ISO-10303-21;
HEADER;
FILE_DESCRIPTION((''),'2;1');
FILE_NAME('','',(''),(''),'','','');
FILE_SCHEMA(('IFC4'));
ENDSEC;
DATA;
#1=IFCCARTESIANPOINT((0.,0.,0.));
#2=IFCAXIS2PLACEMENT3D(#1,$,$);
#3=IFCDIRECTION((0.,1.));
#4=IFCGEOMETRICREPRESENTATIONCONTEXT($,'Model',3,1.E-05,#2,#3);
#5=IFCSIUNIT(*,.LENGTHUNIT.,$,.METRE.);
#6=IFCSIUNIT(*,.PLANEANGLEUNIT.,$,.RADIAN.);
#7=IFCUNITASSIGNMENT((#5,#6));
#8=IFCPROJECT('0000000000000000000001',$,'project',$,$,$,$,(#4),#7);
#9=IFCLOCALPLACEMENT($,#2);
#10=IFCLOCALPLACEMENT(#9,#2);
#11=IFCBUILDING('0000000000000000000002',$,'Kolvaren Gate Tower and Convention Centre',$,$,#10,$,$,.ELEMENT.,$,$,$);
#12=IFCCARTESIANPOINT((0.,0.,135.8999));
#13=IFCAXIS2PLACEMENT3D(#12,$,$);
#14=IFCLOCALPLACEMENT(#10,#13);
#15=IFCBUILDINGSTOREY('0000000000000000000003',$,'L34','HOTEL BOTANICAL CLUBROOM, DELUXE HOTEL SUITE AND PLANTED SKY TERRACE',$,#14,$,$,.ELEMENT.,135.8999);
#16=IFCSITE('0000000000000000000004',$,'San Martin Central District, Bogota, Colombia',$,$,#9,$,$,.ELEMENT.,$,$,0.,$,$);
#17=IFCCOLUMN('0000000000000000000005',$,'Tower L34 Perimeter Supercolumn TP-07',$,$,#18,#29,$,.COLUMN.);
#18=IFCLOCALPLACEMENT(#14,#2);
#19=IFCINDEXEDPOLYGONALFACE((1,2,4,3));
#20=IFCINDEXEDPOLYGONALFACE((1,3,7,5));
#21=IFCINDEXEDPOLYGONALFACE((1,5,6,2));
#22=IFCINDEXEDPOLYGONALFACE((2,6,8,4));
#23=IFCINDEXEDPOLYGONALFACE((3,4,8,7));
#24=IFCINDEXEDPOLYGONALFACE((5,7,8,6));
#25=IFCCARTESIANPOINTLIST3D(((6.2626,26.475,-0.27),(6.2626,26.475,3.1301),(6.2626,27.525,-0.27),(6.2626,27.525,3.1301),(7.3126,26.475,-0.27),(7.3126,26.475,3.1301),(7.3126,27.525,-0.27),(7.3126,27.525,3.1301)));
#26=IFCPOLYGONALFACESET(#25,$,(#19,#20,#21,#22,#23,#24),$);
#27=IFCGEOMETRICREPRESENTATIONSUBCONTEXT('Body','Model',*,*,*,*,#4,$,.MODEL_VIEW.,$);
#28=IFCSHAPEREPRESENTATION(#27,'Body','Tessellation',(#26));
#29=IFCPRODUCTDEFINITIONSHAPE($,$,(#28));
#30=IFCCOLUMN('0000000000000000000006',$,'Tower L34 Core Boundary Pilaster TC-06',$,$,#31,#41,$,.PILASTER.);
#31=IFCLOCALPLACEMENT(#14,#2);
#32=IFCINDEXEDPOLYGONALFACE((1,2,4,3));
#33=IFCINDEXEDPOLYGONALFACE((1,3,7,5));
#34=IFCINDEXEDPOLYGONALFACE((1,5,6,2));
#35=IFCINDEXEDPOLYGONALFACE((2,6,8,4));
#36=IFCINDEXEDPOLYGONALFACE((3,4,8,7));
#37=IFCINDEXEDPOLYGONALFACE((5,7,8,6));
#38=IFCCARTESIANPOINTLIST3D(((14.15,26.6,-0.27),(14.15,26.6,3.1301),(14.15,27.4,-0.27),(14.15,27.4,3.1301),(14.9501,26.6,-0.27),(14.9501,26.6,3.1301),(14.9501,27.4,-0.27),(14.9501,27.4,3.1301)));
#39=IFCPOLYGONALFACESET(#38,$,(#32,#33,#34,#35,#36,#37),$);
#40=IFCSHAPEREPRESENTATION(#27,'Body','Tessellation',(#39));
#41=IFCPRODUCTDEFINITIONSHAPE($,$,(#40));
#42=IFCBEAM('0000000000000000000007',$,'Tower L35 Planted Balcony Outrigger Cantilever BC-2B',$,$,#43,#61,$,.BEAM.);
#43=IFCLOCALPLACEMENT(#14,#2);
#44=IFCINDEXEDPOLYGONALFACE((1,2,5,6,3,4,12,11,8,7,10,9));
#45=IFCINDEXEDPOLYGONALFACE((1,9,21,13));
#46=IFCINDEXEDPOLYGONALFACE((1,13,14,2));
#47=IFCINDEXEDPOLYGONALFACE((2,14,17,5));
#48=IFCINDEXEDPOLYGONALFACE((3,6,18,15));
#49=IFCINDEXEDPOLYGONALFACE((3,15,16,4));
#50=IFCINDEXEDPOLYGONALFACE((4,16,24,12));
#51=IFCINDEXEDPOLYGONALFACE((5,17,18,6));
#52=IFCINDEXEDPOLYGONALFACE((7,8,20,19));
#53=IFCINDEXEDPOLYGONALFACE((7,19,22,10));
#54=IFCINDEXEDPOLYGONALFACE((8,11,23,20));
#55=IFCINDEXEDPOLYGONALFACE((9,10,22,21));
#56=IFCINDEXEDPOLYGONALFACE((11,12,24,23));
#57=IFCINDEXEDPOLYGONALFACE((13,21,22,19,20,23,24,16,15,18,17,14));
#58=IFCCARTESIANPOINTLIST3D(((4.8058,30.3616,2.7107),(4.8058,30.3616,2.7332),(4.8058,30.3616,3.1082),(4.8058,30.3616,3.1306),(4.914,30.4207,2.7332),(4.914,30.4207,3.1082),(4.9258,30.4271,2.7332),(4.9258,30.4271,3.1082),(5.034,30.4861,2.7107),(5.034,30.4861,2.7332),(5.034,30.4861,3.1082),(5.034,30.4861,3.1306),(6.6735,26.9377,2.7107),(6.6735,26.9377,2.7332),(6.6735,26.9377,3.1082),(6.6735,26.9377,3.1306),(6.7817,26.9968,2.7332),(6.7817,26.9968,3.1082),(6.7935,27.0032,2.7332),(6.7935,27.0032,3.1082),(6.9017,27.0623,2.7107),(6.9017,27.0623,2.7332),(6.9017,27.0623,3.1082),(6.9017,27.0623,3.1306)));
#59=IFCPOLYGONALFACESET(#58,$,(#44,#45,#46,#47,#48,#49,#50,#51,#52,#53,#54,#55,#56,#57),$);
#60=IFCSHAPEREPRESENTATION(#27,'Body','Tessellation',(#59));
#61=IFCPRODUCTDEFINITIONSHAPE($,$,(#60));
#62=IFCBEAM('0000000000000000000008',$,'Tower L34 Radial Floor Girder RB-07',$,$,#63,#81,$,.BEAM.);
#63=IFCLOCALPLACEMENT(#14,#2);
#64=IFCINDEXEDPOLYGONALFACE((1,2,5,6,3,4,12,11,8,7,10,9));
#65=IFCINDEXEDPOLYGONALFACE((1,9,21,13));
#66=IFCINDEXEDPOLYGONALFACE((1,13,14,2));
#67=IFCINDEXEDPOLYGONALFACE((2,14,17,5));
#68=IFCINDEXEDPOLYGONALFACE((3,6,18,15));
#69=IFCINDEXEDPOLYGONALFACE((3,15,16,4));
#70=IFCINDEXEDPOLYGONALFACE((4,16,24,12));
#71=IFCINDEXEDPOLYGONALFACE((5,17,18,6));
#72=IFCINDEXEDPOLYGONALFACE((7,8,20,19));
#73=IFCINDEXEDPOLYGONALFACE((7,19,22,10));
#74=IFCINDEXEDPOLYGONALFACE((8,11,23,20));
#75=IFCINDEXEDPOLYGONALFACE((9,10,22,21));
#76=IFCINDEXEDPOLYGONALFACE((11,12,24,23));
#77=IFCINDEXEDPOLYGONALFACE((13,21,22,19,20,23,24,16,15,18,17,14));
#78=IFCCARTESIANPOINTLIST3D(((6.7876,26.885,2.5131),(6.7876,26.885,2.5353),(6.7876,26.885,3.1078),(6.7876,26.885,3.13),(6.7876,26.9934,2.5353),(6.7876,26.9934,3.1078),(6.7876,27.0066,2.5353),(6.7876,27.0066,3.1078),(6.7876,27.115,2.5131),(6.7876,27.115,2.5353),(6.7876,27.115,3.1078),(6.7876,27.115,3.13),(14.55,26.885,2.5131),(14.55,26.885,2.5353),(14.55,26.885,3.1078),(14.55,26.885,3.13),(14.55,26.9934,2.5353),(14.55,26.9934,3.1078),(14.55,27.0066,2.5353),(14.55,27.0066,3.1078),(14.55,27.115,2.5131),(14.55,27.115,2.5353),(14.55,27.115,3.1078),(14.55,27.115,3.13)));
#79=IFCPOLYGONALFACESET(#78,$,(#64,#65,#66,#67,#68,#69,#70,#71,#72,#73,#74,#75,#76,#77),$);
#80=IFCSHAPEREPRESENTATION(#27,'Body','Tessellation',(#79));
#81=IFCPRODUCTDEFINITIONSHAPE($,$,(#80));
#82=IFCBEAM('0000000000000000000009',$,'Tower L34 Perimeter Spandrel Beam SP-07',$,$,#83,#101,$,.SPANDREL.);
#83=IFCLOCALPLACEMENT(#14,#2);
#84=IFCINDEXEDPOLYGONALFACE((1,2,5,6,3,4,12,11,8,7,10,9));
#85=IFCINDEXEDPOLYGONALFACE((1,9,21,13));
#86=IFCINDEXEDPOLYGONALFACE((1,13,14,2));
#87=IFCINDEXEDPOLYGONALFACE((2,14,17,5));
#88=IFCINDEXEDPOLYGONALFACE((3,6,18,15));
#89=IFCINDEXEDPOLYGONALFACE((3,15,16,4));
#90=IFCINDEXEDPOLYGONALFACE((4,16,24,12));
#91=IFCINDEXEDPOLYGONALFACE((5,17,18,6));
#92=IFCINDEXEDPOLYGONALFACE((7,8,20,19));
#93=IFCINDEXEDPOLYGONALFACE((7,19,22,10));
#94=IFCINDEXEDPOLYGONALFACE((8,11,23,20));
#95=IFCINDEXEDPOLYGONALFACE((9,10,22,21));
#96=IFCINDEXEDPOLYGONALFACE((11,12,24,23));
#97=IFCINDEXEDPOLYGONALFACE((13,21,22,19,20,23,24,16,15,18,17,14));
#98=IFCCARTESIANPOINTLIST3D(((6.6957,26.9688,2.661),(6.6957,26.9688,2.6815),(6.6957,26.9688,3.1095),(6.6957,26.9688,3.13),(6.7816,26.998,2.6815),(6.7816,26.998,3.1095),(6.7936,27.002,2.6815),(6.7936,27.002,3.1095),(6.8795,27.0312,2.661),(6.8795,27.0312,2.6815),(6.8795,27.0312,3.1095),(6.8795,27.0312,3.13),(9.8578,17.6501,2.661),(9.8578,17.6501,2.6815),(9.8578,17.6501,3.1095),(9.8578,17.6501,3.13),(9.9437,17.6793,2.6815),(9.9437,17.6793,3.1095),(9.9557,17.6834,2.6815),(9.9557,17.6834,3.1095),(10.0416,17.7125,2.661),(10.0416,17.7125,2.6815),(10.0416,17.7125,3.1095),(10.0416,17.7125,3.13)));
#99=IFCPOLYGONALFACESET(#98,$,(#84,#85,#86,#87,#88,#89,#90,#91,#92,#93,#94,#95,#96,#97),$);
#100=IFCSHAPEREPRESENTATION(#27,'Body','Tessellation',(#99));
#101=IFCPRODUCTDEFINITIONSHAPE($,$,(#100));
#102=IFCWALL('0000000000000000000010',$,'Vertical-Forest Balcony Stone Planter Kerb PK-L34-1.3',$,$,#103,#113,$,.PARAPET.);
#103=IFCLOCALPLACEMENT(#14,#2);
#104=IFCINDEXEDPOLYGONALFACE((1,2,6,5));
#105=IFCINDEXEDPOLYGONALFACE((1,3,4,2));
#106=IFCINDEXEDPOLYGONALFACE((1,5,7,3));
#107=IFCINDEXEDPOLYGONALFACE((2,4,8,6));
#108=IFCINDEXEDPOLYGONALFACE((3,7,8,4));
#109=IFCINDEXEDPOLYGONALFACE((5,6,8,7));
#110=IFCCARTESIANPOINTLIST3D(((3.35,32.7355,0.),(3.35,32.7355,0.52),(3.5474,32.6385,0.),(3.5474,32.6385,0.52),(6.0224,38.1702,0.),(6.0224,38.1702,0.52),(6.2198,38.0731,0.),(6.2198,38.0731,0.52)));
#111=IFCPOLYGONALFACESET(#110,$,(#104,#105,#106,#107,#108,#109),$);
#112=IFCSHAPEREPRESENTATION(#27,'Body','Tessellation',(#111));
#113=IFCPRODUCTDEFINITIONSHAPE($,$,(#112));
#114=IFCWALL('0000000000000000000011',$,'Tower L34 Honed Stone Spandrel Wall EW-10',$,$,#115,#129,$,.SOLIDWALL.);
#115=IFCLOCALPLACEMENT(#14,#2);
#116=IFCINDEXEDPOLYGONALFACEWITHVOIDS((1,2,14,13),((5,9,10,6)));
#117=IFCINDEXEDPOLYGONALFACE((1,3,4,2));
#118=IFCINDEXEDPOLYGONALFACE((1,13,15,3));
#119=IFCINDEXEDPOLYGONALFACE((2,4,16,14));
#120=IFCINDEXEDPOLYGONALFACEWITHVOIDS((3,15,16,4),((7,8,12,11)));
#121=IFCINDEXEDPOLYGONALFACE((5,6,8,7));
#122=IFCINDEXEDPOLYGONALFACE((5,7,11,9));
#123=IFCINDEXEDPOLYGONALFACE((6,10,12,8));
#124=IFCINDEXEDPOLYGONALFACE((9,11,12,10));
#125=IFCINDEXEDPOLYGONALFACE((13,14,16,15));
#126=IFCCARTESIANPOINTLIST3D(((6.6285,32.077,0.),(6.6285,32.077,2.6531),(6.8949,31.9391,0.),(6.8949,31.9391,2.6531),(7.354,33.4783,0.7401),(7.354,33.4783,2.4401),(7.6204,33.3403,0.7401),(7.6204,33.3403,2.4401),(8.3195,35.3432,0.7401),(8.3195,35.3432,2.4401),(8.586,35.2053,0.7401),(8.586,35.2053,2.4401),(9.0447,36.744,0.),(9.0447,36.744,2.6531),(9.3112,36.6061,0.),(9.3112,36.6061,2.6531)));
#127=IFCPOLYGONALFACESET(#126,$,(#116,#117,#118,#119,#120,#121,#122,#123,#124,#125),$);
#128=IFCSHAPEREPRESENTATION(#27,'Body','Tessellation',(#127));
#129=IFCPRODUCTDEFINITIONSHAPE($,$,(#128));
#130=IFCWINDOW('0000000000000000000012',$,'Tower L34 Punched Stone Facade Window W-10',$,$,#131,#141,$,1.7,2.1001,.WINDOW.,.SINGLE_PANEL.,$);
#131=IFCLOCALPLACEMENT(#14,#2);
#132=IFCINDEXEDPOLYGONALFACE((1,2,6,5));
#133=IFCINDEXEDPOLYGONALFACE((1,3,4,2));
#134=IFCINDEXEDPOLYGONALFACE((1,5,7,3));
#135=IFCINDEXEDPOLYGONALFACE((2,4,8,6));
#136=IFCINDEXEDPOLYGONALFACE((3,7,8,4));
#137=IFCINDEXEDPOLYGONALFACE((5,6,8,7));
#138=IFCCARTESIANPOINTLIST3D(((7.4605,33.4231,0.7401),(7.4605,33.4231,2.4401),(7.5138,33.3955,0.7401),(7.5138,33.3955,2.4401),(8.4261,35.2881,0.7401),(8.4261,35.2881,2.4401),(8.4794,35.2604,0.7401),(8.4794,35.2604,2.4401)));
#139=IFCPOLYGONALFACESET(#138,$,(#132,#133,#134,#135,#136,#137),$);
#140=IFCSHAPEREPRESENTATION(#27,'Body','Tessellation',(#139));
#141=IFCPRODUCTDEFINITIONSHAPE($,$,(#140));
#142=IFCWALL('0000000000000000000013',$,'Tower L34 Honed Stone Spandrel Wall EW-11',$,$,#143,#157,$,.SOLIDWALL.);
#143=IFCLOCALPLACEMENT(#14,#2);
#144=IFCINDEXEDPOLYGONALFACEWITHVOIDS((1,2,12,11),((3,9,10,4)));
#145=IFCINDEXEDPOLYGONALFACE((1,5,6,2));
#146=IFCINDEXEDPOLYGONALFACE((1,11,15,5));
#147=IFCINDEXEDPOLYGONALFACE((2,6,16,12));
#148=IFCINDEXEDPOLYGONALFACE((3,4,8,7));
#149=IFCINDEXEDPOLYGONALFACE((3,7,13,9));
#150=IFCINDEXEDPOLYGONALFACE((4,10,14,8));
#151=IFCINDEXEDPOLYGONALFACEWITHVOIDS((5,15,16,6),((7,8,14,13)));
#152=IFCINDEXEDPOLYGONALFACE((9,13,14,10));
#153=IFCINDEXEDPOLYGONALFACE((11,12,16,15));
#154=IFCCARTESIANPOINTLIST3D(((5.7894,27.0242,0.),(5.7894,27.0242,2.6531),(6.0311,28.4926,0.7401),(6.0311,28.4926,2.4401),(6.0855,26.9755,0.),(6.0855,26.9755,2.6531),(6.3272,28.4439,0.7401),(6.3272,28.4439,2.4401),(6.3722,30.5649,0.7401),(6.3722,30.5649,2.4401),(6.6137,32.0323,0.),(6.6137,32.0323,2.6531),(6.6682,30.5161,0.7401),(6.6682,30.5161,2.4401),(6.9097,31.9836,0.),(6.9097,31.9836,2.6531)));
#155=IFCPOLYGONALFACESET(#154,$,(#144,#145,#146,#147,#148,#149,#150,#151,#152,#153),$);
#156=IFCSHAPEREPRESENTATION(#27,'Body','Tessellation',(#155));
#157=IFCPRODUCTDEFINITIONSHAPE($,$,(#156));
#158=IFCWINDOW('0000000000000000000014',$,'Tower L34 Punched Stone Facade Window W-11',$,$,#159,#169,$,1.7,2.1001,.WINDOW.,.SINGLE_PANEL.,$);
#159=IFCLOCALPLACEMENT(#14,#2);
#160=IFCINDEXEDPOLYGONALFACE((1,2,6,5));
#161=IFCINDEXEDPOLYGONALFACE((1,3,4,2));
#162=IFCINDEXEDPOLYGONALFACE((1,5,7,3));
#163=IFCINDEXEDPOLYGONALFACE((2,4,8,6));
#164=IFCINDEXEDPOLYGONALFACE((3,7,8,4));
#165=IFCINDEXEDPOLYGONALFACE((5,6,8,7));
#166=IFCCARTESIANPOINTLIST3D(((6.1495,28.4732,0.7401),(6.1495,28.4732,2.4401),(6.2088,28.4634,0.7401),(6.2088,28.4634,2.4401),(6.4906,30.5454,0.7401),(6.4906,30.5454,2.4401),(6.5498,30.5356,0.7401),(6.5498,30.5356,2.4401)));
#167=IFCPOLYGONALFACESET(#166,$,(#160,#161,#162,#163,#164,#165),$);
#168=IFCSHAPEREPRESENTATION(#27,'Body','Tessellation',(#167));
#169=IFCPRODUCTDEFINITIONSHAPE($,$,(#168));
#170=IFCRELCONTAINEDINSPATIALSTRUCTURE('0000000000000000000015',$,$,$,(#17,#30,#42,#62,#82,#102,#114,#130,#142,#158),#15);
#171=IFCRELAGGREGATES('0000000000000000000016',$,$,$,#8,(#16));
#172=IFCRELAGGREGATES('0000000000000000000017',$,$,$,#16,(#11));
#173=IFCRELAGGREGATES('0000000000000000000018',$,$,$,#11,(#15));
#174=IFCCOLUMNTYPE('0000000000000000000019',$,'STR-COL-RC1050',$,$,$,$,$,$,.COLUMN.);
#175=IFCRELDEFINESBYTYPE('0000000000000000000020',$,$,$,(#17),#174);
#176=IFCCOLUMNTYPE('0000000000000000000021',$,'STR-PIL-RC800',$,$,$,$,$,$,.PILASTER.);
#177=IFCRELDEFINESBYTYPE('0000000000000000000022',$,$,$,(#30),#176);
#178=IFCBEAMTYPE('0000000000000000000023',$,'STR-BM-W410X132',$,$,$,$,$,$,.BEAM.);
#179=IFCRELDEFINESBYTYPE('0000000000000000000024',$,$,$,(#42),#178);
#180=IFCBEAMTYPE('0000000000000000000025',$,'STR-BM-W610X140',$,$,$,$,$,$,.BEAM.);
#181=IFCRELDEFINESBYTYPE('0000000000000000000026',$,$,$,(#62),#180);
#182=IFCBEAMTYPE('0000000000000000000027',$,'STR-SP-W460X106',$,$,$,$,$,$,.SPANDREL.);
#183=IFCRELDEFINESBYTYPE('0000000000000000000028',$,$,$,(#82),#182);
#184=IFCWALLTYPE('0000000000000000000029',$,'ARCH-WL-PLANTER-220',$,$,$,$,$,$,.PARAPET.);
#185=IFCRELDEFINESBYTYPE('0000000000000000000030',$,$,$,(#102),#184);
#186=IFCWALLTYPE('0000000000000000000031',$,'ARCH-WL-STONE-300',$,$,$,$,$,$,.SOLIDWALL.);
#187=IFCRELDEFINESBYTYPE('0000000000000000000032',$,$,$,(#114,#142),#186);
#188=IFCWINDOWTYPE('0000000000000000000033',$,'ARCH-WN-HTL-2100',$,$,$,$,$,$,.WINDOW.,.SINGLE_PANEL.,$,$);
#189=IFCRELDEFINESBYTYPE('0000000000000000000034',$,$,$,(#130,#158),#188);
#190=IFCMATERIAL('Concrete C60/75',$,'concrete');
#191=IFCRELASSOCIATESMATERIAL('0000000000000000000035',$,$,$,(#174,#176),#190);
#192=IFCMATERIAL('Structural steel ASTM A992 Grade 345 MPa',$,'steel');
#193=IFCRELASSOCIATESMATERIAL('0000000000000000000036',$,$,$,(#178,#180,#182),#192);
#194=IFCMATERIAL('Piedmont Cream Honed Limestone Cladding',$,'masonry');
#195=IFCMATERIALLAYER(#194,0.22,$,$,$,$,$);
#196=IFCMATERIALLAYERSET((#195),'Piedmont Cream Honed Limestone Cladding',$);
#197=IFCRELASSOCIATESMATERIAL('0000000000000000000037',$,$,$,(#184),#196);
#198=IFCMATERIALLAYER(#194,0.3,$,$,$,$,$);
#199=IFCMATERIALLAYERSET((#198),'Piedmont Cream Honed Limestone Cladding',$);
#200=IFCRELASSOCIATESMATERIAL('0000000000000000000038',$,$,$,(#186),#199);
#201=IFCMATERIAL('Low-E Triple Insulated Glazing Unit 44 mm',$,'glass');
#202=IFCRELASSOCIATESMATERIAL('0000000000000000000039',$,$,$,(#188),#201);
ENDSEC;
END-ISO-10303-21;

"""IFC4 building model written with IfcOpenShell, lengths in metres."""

from ifc_helpers import new_model, si_unit, direction, frame, frame_2d, origin, origin_2d, place, context, subcontext, project, spatial, rectangle, i_section, extrude, material, layer, layer_set, material_profile, profile_set, type_object, element, fill, save


model = new_model("IFC4")

# Units and contexts
model_context = context("Model", 3, precision=1e-05, world=origin(), true_north=direction((0.0, 1.0)))
body_context = subcontext(model_context, "Body", "Model", "MODEL_VIEW")
ifc_project = project(units=[si_unit("LENGTHUNIT", "METRE"), si_unit("PLANEANGLEUNIT", "RADIAN")], contexts=[model_context])

# Site, building, storey
site_placement = place(None, origin())
site = spatial("IfcSite", under=ifc_project, at=site_placement, Name="San Martin Central District, Bogota, Colombia", CompositionType="ELEMENT", RefElevation=0.0)
building_placement = place(site_placement, origin())
building = spatial("IfcBuilding", under=site, at=building_placement, Name="Kolvaren Gate Tower and Convention Centre", CompositionType="ELEMENT")
storey_placement = place(building_placement, frame((0.0, 0.0, 135.8999)))
storey = spatial("IfcBuildingStorey", under=building, at=storey_placement, Name="L34", Description="HOTEL BOTANICAL CLUBROOM, DELUXE HOTEL SUITE AND PLANTED SKY TERRACE", CompositionType="ELEMENT", Elevation=135.8999)

# Columns
ifc_material_1 = material(Name="Concrete C60/75", Category="concrete")
ifc_material_profile_1 = material_profile(ifc_material_1, rectangle(XDim=1.05, YDim=1.05, at=origin_2d()), Name="RC-COL-1050X1050")
ifc_profile_set_1 = profile_set([ifc_material_profile_1], Name="Concrete C60/75")
column_type_1 = type_object("IfcColumnType", Name="STR-COL-RC1050", PredefinedType="COLUMN", material=ifc_profile_set_1)
column_1_placement = place(storey_placement, frame((6.7876, 27.0, -0.27), z_axis=(0.0, 0.0, 1.0), x_axis=(1.0, 0.0, 0.0)))
element("IfcColumn", 1, at=column_1_placement, inside=storey, type_object=column_type_1, Name="Tower L34 Perimeter Supercolumn TP-07", PredefinedType="COLUMN", context=body_context, shape_type="SweptSolid", body=[
    extrude(rectangle(XDim=1.05, YDim=1.05, at=origin_2d()), origin(), (0.0, 0.0, 1.0), 3.4001),
])
ifc_material_profile_2 = material_profile(ifc_material_1, rectangle(XDim=0.8, YDim=0.8, at=origin_2d()), Name="RC-COL-800X800")
ifc_profile_set_2 = profile_set([ifc_material_profile_2], Name="Concrete C60/75")
column_type_2 = type_object("IfcColumnType", Name="STR-PIL-RC800", PredefinedType="PILASTER", material=ifc_profile_set_2)
column_2_placement = place(storey_placement, frame((14.55, 27.0, -0.27), z_axis=(0.0, 0.0, 1.0), x_axis=(1.0, 0.0, 0.0)))
element("IfcColumn", 2, at=column_2_placement, inside=storey, type_object=column_type_2, Name="Tower L34 Core Boundary Pilaster TC-06", PredefinedType="PILASTER", context=body_context, shape_type="SweptSolid", body=[
    extrude(rectangle(XDim=0.8, YDim=0.8, at=origin_2d()), origin(), (0.0, 0.0, 1.0), 3.4001),
])

# Beams
ifc_material_2 = material(Name="Structural steel ASTM A992 Grade 345 MPa", Category="steel")
ifc_material_profile_3 = material_profile(ifc_material_2, i_section(OverallWidth=0.26, OverallDepth=0.4199, WebThickness=0.0134, FlangeThickness=0.0225, at=origin_2d()), Name="W410X132")
ifc_profile_set_3 = profile_set([ifc_material_profile_3], Name="Structural steel ASTM A992 Grade 345 MPa")
beam_type_1 = type_object("IfcBeamType", Name="STR-BM-W410X132", PredefinedType="BEAM", material=ifc_profile_set_3)
beam_1_placement = place(storey_placement, frame((6.7876, 27.0, 2.9207), z_axis=(-0.478878, 0.877881, 0.0), x_axis=(-0.877881, -0.478878, 0.0)))
element("IfcBeam", 3, at=beam_1_placement, inside=storey, type_object=beam_type_1, Name="Tower L35 Planted Balcony Outrigger Cantilever BC-2B", PredefinedType="BEAM", context=body_context, shape_type="SweptSolid", body=[
    extrude(i_section(OverallWidth=0.26, OverallDepth=0.4199, WebThickness=0.0134, FlangeThickness=0.0225, at=origin_2d()), origin(), (0.0, 0.0, 1.0), 3.9001),
])
ifc_material_profile_4 = material_profile(ifc_material_2, i_section(OverallWidth=0.23, OverallDepth=0.6169, WebThickness=0.0132, FlangeThickness=0.0222, at=origin_2d()), Name="W610X140")
ifc_profile_set_4 = profile_set([ifc_material_profile_4], Name="Structural steel ASTM A992 Grade 345 MPa")
beam_type_2 = type_object("IfcBeamType", Name="STR-BM-W610X140", PredefinedType="BEAM", material=ifc_profile_set_4)
beam_2_placement = place(storey_placement, frame((14.55, 27.0, 2.8215), z_axis=(-1.0, 0.0, 0.0), x_axis=(0.0, -1.0, 0.0)))
element("IfcBeam", 4, at=beam_2_placement, inside=storey, type_object=beam_type_2, Name="Tower L34 Radial Floor Girder RB-07", PredefinedType="BEAM", context=body_context, shape_type="SweptSolid", body=[
    extrude(i_section(OverallWidth=0.23, OverallDepth=0.6169, WebThickness=0.0132, FlangeThickness=0.0222, at=origin_2d()), origin(), (0.0, 0.0, 1.0), 7.7625),
])
ifc_material_profile_5 = material_profile(ifc_material_2, i_section(OverallWidth=0.1941, OverallDepth=0.469, WebThickness=0.0127, FlangeThickness=0.0205, at=origin_2d()), Name="W460X106")
ifc_profile_set_5 = profile_set([ifc_material_profile_5], Name="Structural steel ASTM A992 Grade 345 MPa")
beam_type_3 = type_object("IfcBeamType", Name="STR-SP-W460X106", PredefinedType="SPANDREL", material=ifc_profile_set_5)
beam_3_placement = place(storey_placement, frame((6.7876, 27.0, 2.8955), z_axis=(0.321336, -0.946965, 0.0), x_axis=(0.946965, 0.321336, 0.0)))
element("IfcBeam", 5, at=beam_3_placement, inside=storey, type_object=beam_type_3, Name="Tower L34 Perimeter Spandrel Beam SP-07", PredefinedType="SPANDREL", context=body_context, shape_type="SweptSolid", body=[
    extrude(i_section(OverallWidth=0.1941, OverallDepth=0.469, WebThickness=0.0127, FlangeThickness=0.0205, at=origin_2d()), origin(), (0.0, 0.0, 1.0), 9.8406),
])

# Wall
ifc_material_3 = material(Name="Piedmont Cream Honed Limestone Cladding", Category="masonry")
ifc_layer_1 = layer(ifc_material_3, 0.22)
ifc_layer_set_1 = layer_set([ifc_layer_1], Name="Piedmont Cream Honed Limestone Cladding")
wall_type_1 = type_object("IfcWallType", Name="ARCH-WL-PLANTER-220", PredefinedType="PARAPET", material=ifc_layer_set_1)
wall_1_placement = place(storey_placement, frame((3.4487, 32.687, 0.0), z_axis=(0.0, 0.0, 1.0), x_axis=(0.44127, 0.897375, 0.0)))
element("IfcWall", 6, at=wall_1_placement, inside=storey, type_object=wall_type_1, Name="Vertical-Forest Balcony Stone Planter Kerb PK-L34-1.3", PredefinedType="PARAPET", context=body_context, shape_type="SweptSolid", body=[
    extrude(rectangle(XDim=6.0562, YDim=0.22, at=frame_2d((3.0281, 0.0))), origin(), (0.0, 0.0, 1.0), 0.52),
])

# Walls, openings, windows
ifc_layer_2 = layer(ifc_material_3, 0.3)
ifc_layer_set_2 = layer_set([ifc_layer_2], Name="Piedmont Cream Honed Limestone Cladding")
wall_type_2 = type_object("IfcWallType", Name="ARCH-WL-STONE-300", PredefinedType="SOLIDWALL", material=ifc_layer_set_2)
wall_2_placement = place(storey_placement, frame((6.7617, 32.0081, 0.0), z_axis=(0.0, 0.0, 1.0), x_axis=(0.459768, 0.888039, 0.0)))
wall_2 = element("IfcWall", 7, at=wall_2_placement, inside=storey, type_object=wall_type_2, Name="Tower L34 Honed Stone Spandrel Wall EW-10", PredefinedType="SOLIDWALL", context=body_context, shape_type="SweptSolid", body=[
    extrude(rectangle(XDim=5.2554, YDim=0.3, at=frame_2d((2.6277, 0.0))), origin(), (0.0, 0.0, 1.0), 2.6531),
])
opening_1_placement = place(wall_2_placement, frame((1.5779, 0.0, 0.74)))
opening_1 = element("IfcOpeningElement", 8, at=opening_1_placement, cuts=wall_2, PredefinedType="OPENING", context=body_context, shape_type="SweptSolid", body=[
    extrude(rectangle(XDim=2.1001, YDim=1.7, at=frame_2d((1.05, 0.8501))), frame((0.0, 0.1599, 0.0), z_axis=(0.0, -1.0, 0.0), x_axis=(1.0, 0.0, 0.0)), (0.0, 0.0, 1.0), 0.3201),
])
ifc_material_4 = material(Name="Low-E Triple Insulated Glazing Unit 44 mm", Category="glass")
window_type = type_object("IfcWindowType", Name="ARCH-WN-HTL-2100", PartitioningType="SINGLE_PANEL", PredefinedType="WINDOW", material=ifc_material_4)
window_1_placement = place(opening_1_placement, origin())
window_1 = element("IfcWindow", 9, at=window_1_placement, inside=storey, type_object=window_type, Name="Tower L34 Punched Stone Facade Window W-10", OverallHeight=1.7, OverallWidth=2.1001, PartitioningType="SINGLE_PANEL", PredefinedType="WINDOW", context=body_context, shape_type="SweptSolid", body=[
    extrude(rectangle(XDim=2.1001, YDim=1.7, at=frame_2d((1.05, 0.8501))), frame((0.0, 0.03, 0.0), z_axis=(0.0, -1.0, 0.0), x_axis=(1.0, 0.0, 0.0)), (0.0, 0.0, 1.0), 0.0601),
])
fill(opening_1, window_1)
wall_3_placement = place(storey_placement, frame((5.9375, 27.0, 0.0), z_axis=(0.0, 0.0, 1.0), x_axis=(0.162394, 0.986726, 0.0)))
wall_3 = element("IfcWall", 10, at=wall_3_placement, inside=storey, type_object=wall_type_2, Name="Tower L34 Honed Stone Spandrel Wall EW-11", PredefinedType="SOLIDWALL", context=body_context, shape_type="SweptSolid", body=[
    extrude(rectangle(XDim=5.0754, YDim=0.3, at=frame_2d((2.5376, 0.0))), origin(), (0.0, 0.0, 1.0), 2.6531),
])
opening_2_placement = place(wall_3_placement, frame((1.488, 0.0, 0.74)))
opening_2 = element("IfcOpeningElement", 11, at=opening_2_placement, cuts=wall_3, PredefinedType="OPENING", context=body_context, shape_type="SweptSolid", body=[
    extrude(rectangle(XDim=2.1001, YDim=1.7, at=frame_2d((1.05, 0.8501))), frame((0.0, 0.1599, 0.0), z_axis=(0.0, -1.0, 0.0), x_axis=(1.0, 0.0, 0.0)), (0.0, 0.0, 1.0), 0.3201),
])
window_2_placement = place(opening_2_placement, origin())
window_2 = element("IfcWindow", 12, at=window_2_placement, inside=storey, type_object=window_type, Name="Tower L34 Punched Stone Facade Window W-11", OverallHeight=1.7, OverallWidth=2.1001, PartitioningType="SINGLE_PANEL", PredefinedType="WINDOW", context=body_context, shape_type="SweptSolid", body=[
    extrude(rectangle(XDim=2.1001, YDim=1.7, at=frame_2d((1.05, 0.8501))), frame((0.0, 0.03, 0.0), z_axis=(0.0, -1.0, 0.0), x_axis=(1.0, 0.0, 0.0)), (0.0, 0.0, 1.0), 0.0601),
])
fill(opening_2, window_2)

save(model, "model.ifc")
